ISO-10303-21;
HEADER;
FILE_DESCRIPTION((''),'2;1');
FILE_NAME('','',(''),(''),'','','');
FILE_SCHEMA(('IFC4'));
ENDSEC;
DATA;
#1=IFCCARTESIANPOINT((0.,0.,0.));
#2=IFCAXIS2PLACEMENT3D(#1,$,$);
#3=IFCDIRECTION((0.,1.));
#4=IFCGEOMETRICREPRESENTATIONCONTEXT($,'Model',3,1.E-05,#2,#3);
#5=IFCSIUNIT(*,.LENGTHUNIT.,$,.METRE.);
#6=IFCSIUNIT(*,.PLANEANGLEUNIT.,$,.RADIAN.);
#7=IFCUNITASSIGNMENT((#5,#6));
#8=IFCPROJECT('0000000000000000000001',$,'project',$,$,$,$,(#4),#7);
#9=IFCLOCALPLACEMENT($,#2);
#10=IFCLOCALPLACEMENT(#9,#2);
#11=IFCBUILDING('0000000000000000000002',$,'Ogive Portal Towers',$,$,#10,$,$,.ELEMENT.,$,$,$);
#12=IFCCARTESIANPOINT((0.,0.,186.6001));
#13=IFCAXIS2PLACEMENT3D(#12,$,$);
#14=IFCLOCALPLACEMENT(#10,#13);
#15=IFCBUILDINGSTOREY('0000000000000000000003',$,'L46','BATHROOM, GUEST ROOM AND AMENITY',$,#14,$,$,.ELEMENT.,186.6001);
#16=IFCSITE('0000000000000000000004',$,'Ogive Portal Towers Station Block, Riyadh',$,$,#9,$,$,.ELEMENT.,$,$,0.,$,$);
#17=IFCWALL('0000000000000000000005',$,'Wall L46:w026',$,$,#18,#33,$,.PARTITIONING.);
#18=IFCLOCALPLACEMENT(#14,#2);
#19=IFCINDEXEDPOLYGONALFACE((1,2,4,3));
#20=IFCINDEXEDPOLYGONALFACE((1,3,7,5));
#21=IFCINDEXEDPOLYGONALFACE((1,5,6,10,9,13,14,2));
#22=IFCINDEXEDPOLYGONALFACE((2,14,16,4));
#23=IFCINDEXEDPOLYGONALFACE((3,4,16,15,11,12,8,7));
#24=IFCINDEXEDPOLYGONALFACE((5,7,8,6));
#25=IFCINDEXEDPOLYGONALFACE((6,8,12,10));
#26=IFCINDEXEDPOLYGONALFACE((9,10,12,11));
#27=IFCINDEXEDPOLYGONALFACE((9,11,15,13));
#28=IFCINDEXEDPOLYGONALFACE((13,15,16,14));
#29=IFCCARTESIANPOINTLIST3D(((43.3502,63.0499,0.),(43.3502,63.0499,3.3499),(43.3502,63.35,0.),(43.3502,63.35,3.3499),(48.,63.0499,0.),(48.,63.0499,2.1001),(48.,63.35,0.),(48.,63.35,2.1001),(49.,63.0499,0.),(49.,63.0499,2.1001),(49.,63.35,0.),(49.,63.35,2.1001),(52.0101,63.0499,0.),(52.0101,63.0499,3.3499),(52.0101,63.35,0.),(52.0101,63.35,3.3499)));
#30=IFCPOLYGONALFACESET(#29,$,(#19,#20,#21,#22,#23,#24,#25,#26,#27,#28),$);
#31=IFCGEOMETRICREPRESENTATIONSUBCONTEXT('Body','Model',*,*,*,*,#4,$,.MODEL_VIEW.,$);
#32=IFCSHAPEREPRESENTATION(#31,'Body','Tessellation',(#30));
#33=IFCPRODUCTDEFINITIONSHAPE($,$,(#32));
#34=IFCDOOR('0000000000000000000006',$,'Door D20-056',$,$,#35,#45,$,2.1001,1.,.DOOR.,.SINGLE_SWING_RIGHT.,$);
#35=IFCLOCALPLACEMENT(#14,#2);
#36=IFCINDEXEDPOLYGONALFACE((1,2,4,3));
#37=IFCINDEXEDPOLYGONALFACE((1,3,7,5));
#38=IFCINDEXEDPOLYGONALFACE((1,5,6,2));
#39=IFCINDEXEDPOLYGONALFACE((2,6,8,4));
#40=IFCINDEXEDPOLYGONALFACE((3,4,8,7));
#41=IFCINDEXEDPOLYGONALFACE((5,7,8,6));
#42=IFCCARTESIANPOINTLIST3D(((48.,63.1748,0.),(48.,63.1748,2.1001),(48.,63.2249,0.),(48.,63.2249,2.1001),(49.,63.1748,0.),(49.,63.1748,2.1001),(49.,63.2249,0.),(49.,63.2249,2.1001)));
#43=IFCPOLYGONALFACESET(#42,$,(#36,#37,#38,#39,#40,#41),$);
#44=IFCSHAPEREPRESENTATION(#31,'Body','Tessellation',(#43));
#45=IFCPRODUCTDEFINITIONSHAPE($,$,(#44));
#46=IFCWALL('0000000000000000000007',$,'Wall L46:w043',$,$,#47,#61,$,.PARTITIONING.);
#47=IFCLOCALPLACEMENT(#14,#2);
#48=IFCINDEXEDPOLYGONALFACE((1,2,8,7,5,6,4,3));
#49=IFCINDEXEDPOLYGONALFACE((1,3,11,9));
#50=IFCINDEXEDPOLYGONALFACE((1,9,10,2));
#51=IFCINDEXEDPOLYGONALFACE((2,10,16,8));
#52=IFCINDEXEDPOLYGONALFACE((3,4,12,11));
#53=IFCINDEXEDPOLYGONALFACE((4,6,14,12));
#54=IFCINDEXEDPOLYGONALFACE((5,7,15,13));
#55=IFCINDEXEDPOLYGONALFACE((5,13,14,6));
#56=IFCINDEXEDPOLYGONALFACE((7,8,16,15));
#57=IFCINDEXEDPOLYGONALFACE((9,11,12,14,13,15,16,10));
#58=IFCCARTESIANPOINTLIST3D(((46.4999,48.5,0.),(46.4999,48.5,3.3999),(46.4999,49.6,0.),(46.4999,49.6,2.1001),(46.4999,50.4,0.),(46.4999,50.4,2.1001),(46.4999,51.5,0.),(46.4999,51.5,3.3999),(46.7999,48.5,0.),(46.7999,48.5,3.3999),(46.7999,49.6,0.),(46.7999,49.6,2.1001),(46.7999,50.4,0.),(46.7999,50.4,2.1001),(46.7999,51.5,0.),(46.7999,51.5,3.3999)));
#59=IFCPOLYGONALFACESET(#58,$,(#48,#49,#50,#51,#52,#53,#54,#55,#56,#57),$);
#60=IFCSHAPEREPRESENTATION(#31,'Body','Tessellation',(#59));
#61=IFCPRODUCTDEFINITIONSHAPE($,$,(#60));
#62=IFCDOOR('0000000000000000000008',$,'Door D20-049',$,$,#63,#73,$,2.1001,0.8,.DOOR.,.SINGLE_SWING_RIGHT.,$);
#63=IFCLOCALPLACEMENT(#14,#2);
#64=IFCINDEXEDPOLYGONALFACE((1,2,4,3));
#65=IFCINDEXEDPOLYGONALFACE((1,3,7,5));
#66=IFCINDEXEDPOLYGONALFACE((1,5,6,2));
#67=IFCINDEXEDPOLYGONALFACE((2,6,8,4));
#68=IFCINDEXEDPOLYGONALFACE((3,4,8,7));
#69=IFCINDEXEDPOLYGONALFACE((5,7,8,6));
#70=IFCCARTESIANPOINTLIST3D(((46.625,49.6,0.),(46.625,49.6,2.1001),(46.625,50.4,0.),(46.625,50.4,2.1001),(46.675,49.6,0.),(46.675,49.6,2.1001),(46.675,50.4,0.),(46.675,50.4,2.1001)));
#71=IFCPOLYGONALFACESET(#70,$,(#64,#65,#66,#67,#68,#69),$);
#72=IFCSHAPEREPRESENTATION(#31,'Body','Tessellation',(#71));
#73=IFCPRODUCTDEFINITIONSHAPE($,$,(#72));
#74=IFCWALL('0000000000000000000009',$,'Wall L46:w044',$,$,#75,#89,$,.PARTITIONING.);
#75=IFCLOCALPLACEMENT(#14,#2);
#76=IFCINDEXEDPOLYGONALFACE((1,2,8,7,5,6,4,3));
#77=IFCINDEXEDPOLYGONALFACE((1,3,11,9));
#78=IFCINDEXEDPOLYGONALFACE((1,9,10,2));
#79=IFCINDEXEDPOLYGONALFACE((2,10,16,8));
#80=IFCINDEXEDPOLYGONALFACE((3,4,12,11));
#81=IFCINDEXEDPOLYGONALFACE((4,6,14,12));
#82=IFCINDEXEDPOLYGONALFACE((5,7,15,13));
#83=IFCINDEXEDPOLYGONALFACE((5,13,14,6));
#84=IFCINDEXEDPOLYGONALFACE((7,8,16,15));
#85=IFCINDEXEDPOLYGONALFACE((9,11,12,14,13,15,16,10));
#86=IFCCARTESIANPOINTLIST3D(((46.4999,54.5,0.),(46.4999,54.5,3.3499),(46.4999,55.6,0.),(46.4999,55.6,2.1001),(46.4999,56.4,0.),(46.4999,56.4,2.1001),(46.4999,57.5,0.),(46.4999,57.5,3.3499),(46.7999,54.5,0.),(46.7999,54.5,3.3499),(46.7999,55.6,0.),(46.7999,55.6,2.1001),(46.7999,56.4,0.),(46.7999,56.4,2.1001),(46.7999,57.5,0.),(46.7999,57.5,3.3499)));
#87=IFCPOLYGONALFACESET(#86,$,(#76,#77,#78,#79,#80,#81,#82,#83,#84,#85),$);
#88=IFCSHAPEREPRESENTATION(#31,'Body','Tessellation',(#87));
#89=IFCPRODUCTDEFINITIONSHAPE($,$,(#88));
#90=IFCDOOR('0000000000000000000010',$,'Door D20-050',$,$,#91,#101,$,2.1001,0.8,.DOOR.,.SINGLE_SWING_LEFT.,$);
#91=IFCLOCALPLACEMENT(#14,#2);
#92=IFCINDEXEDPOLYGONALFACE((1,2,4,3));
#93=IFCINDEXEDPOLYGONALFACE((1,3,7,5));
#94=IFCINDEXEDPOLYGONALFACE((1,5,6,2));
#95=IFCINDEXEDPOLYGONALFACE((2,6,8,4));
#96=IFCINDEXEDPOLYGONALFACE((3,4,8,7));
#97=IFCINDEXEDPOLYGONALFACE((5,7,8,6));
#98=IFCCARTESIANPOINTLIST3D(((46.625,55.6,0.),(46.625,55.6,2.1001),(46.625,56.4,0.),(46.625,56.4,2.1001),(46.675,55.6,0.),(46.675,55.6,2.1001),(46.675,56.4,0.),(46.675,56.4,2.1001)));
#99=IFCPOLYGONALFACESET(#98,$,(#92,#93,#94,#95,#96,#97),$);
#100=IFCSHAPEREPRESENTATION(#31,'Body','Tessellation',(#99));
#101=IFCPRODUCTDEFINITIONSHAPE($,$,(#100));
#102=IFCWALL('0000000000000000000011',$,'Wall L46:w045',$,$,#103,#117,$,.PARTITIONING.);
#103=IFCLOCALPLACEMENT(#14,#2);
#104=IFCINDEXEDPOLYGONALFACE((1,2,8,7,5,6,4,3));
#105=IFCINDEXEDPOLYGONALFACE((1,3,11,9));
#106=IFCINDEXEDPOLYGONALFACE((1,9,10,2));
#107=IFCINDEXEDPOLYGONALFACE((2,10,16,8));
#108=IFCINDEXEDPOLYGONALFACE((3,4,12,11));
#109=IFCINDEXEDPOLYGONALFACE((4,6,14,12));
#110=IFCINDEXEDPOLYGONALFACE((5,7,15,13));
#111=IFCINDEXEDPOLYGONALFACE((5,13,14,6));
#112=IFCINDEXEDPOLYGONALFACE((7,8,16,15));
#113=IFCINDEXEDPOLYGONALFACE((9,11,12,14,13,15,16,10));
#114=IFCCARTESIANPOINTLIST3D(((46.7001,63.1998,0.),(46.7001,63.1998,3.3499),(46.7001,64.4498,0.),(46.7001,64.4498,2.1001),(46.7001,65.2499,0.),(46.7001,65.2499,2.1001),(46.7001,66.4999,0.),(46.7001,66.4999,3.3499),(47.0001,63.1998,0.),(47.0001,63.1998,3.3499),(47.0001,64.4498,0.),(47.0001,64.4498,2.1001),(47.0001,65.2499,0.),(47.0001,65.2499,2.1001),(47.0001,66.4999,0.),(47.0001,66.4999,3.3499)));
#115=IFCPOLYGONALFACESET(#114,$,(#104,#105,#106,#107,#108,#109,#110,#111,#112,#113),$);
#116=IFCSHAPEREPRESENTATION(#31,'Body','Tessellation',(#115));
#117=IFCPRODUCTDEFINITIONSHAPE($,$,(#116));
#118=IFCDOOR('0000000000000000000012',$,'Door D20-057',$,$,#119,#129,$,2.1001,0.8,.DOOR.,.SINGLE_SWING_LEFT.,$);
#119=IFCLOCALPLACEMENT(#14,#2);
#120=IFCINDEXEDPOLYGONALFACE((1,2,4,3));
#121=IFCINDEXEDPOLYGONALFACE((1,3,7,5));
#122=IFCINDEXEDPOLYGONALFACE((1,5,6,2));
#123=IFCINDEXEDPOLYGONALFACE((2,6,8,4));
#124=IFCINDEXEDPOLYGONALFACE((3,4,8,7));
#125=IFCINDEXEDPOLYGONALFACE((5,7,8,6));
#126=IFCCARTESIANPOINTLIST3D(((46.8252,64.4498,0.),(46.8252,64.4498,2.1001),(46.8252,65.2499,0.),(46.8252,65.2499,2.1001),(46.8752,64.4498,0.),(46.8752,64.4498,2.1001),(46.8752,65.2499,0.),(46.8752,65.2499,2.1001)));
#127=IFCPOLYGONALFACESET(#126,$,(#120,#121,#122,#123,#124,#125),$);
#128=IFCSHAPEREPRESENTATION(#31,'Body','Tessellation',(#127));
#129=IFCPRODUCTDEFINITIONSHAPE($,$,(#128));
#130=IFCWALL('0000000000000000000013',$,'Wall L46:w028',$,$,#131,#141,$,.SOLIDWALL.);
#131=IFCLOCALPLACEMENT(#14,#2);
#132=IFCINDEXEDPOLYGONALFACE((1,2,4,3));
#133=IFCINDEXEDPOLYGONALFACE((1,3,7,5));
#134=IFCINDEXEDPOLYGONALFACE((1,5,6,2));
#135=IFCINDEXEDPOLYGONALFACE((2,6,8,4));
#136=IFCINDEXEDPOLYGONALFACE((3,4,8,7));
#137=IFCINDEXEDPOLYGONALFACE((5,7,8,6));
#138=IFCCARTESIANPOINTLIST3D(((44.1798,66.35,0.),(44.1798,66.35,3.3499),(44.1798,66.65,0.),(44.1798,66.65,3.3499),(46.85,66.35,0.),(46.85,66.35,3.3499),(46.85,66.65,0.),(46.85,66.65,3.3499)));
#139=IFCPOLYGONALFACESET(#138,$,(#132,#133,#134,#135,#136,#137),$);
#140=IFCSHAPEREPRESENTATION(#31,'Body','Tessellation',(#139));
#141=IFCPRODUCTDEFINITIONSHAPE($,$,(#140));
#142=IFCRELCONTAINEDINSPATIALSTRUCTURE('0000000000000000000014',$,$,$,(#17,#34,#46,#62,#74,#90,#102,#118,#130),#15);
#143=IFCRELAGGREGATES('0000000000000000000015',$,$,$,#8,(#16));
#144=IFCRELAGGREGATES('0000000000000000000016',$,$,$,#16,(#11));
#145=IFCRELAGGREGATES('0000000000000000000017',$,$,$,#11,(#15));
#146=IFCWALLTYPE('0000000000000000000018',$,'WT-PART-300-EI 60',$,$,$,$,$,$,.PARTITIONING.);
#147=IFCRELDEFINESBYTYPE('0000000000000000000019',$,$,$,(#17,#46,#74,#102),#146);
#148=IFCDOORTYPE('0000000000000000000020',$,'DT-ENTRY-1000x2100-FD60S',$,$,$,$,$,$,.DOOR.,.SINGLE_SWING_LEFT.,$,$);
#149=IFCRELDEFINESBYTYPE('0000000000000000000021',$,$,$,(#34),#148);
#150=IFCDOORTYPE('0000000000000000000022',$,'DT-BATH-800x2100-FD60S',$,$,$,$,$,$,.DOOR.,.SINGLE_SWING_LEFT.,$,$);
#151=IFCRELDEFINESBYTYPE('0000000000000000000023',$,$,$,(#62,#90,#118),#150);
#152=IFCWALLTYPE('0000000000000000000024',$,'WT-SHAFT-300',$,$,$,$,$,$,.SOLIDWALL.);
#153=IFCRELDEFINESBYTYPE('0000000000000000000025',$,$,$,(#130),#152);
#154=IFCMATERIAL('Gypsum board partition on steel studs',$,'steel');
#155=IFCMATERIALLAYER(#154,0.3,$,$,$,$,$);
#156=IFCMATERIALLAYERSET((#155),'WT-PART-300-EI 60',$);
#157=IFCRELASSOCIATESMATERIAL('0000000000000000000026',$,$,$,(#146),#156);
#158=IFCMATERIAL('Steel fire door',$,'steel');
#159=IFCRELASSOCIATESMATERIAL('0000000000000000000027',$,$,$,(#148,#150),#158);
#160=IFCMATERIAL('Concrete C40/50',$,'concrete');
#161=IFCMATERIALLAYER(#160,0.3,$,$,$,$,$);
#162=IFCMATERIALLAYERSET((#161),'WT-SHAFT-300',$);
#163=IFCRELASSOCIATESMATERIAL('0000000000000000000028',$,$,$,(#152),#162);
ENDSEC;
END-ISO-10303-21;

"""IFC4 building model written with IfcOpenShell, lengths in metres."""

from ifc_helpers import new_model, si_unit, direction, frame, frame_2d, origin, place, context, subcontext, project, spatial, rectangle, extrude, material, layer, layer_set, type_object, element, fill, save


model = new_model("IFC4")

# Units and contexts
model_context = context("Model", 3, precision=1e-05, world=origin(), true_north=direction((0.0, 1.0)))
body_context = subcontext(model_context, "Body", "Model", "MODEL_VIEW")
ifc_project = project(units=[si_unit("LENGTHUNIT", "METRE"), si_unit("PLANEANGLEUNIT", "RADIAN")], contexts=[model_context])

# Site, building, storey
site_placement = place(None, origin())
site = spatial("IfcSite", under=ifc_project, at=site_placement, Name="Ogive Portal Towers Station Block, Riyadh", CompositionType="ELEMENT", RefElevation=0.0)
building_placement = place(site_placement, origin())
building = spatial("IfcBuilding", under=site, at=building_placement, Name="Ogive Portal Towers", CompositionType="ELEMENT")
storey_placement = place(building_placement, frame((0.0, 0.0, 186.6001)))
storey = spatial("IfcBuildingStorey", under=building, at=storey_placement, Name="L46", Description="BATHROOM, GUEST ROOM AND AMENITY", CompositionType="ELEMENT", Elevation=186.6001)

# Shared definitions
ifc_material_1 = material(Name="Steel fire door", Category="steel")

# Shared definitions
ifc_material_2 = material(Name="Gypsum board partition on steel studs", Category="steel")
ifc_layer_1 = layer(ifc_material_2, 0.3)
ifc_layer_set_1 = layer_set([ifc_layer_1], Name="WT-PART-300-EI 60")
wall_type_1 = type_object("IfcWallType", Name="WT-PART-300-EI 60", PredefinedType="PARTITIONING", material=ifc_layer_set_1)

# Walls, openings, doors
wall_1_placement = place(storey_placement, frame((43.3501, 63.2, 0.0), z_axis=(0.0, 0.0, 1.0), x_axis=(1.0, 0.0, 0.0)))
wall_1 = element("IfcWall", 1, at=wall_1_placement, inside=storey, type_object=wall_type_1, Name="Wall L46:w026", PredefinedType="PARTITIONING", context=body_context, shape_type="SweptSolid", body=[
    extrude(rectangle(XDim=8.6599, YDim=0.3, at=frame_2d((4.3301, 0.0))), origin(), (0.0, 0.0, 1.0), 3.3499),
])
opening_1_placement = place(wall_1_placement, frame((4.6499, 0.0, 0.0)))
opening_1 = element("IfcOpeningElement", 2, at=opening_1_placement, cuts=wall_1, PredefinedType="OPENING", context=body_context, shape_type="SweptSolid", body=[
    extrude(rectangle(XDim=1.0, YDim=2.1001, at=frame_2d((0.5, 1.05))), frame((0.0, 0.1602, 0.0), z_axis=(0.0, -1.0, 0.0), x_axis=(1.0, 0.0, 0.0)), (0.0, 0.0, 1.0), 0.3201),
])
door_type_1 = type_object("IfcDoorType", Name="DT-ENTRY-1000x2100-FD60S", OperationType="SINGLE_SWING_LEFT", PredefinedType="DOOR", material=ifc_material_1)
door_1_placement = place(opening_1_placement, origin())
door_1 = element("IfcDoor", 3, at=door_1_placement, inside=storey, type_object=door_type_1, Name="Door D20-056", OperationType="SINGLE_SWING_RIGHT", OverallHeight=2.1001, OverallWidth=1.0, PredefinedType="DOOR", context=body_context, shape_type="SweptSolid", body=[
    extrude(rectangle(XDim=1.0, YDim=2.1001, at=frame_2d((0.5, 1.05))), frame((0.0, 0.0249, 0.0), z_axis=(0.0, -1.0, 0.0), x_axis=(1.0, 0.0, 0.0)), (0.0, 0.0, 1.0), 0.05),
])
fill(opening_1, door_1)
wall_2_placement = place(storey_placement, frame((46.6499, 48.5, 0.0), z_axis=(0.0, 0.0, 1.0), x_axis=(0.0, 1.0, 0.0)))
wall_2 = element("IfcWall", 4, at=wall_2_placement, inside=storey, type_object=wall_type_1, Name="Wall L46:w043", PredefinedType="PARTITIONING", context=body_context, shape_type="SweptSolid", body=[
    extrude(rectangle(XDim=3.0, YDim=0.3, at=frame_2d((1.5, 0.0))), origin(), (0.0, 0.0, 1.0), 3.3999),
])
opening_2_placement = place(wall_2_placement, frame((1.1001, 0.0, 0.0)))
opening_2 = element("IfcOpeningElement", 5, at=opening_2_placement, cuts=wall_2, PredefinedType="OPENING", context=body_context, shape_type="SweptSolid", body=[
    extrude(rectangle(XDim=0.8, YDim=2.1001, at=frame_2d((0.3999, 1.05))), frame((0.0, 0.1602, 0.0), z_axis=(0.0, -1.0, 0.0), x_axis=(1.0, 0.0, 0.0)), (0.0, 0.0, 1.0), 0.3201),
])
door_type_2 = type_object("IfcDoorType", Name="DT-BATH-800x2100-FD60S", OperationType="SINGLE_SWING_LEFT", PredefinedType="DOOR", material=ifc_material_1)
door_2_placement = place(opening_2_placement, origin())
door_2 = element("IfcDoor", 6, at=door_2_placement, inside=storey, type_object=door_type_2, Name="Door D20-049", OperationType="SINGLE_SWING_RIGHT", OverallHeight=2.1001, OverallWidth=0.8, PredefinedType="DOOR", context=body_context, shape_type="SweptSolid", body=[
    extrude(rectangle(XDim=0.8, YDim=2.1001, at=frame_2d((0.3999, 1.05))), frame((0.0, 0.0249, 0.0), z_axis=(0.0, -1.0, 0.0), x_axis=(1.0, 0.0, 0.0)), (0.0, 0.0, 1.0), 0.05),
])
fill(opening_2, door_2)
wall_3_placement = place(storey_placement, frame((46.6499, 54.5, 0.0), z_axis=(0.0, 0.0, 1.0), x_axis=(0.0, 1.0, 0.0)))
wall_3 = element("IfcWall", 7, at=wall_3_placement, inside=storey, type_object=wall_type_1, Name="Wall L46:w044", PredefinedType="PARTITIONING", context=body_context, shape_type="SweptSolid", body=[
    extrude(rectangle(XDim=3.0, YDim=0.3, at=frame_2d((1.5, 0.0))), origin(), (0.0, 0.0, 1.0), 3.3499),
])
opening_3_placement = place(wall_3_placement, frame((1.1001, 0.0, 0.0)))
opening_3 = element("IfcOpeningElement", 8, at=opening_3_placement, cuts=wall_3, PredefinedType="OPENING", context=body_context, shape_type="SweptSolid", body=[
    extrude(rectangle(XDim=0.8, YDim=2.1001, at=frame_2d((0.3999, 1.05))), frame((0.0, 0.1602, 0.0), z_axis=(0.0, -1.0, 0.0), x_axis=(1.0, 0.0, 0.0)), (0.0, 0.0, 1.0), 0.3201),
])
door_3_placement = place(opening_3_placement, origin())
door_3 = element("IfcDoor", 9, at=door_3_placement, inside=storey, type_object=door_type_2, Name="Door D20-050", OperationType="SINGLE_SWING_LEFT", OverallHeight=2.1001, OverallWidth=0.8, PredefinedType="DOOR", context=body_context, shape_type="SweptSolid", body=[
    extrude(rectangle(XDim=0.8, YDim=2.1001, at=frame_2d((0.3999, 1.05))), frame((0.0, 0.0249, 0.0), z_axis=(0.0, -1.0, 0.0), x_axis=(1.0, 0.0, 0.0)), (0.0, 0.0, 1.0), 0.05),
])
fill(opening_3, door_3)
wall_4_placement = place(storey_placement, frame((46.8501, 63.2, 0.0), z_axis=(0.0, 0.0, 1.0), x_axis=(0.0, 1.0, 0.0)))
wall_4 = element("IfcWall", 10, at=wall_4_placement, inside=storey, type_object=wall_type_1, Name="Wall L46:w045", PredefinedType="PARTITIONING", context=body_context, shape_type="SweptSolid", body=[
    extrude(rectangle(XDim=3.3, YDim=0.3, at=frame_2d((1.6499, 0.0))), origin(), (0.0, 0.0, 1.0), 3.3499),
])
opening_4_placement = place(wall_4_placement, frame((1.25, 0.0, 0.0)))
opening_4 = element("IfcOpeningElement", 11, at=opening_4_placement, cuts=wall_4, PredefinedType="OPENING", context=body_context, shape_type="SweptSolid", body=[
    extrude(rectangle(XDim=0.8, YDim=2.1001, at=frame_2d((0.3999, 1.05))), frame((0.0, 0.1602, 0.0), z_axis=(0.0, -1.0, 0.0), x_axis=(1.0, 0.0, 0.0)), (0.0, 0.0, 1.0), 0.3201),
])
door_4_placement = place(opening_4_placement, origin())
door_4 = element("IfcDoor", 12, at=door_4_placement, inside=storey, type_object=door_type_2, Name="Door D20-057", OperationType="SINGLE_SWING_LEFT", OverallHeight=2.1001, OverallWidth=0.8, PredefinedType="DOOR", context=body_context, shape_type="SweptSolid", body=[
    extrude(rectangle(XDim=0.8, YDim=2.1001, at=frame_2d((0.3999, 1.05))), frame((0.0, 0.0249, 0.0), z_axis=(0.0, -1.0, 0.0), x_axis=(1.0, 0.0, 0.0)), (0.0, 0.0, 1.0), 0.05),
])
fill(opening_4, door_4)

# Wall
ifc_material_3 = material(Name="Concrete C40/50", Category="concrete")
ifc_layer_2 = layer(ifc_material_3, 0.3)
ifc_layer_set_2 = layer_set([ifc_layer_2], Name="WT-SHAFT-300")
wall_type_2 = type_object("IfcWallType", Name="WT-SHAFT-300", PredefinedType="SOLIDWALL", material=ifc_layer_set_2)
wall_5_placement = place(storey_placement, frame((44.1799, 66.5, 0.0), z_axis=(0.0, 0.0, 1.0), x_axis=(1.0, 0.0, 0.0)))
element("IfcWall", 13, at=wall_5_placement, inside=storey, type_object=wall_type_2, Name="Wall L46:w028", PredefinedType="SOLIDWALL", context=body_context, shape_type="SweptSolid", body=[
    extrude(rectangle(XDim=2.6702, YDim=0.3, at=frame_2d((1.335, 0.0))), origin(), (0.0, 0.0, 1.0), 3.3499),
])

save(model, "model.ifc")
